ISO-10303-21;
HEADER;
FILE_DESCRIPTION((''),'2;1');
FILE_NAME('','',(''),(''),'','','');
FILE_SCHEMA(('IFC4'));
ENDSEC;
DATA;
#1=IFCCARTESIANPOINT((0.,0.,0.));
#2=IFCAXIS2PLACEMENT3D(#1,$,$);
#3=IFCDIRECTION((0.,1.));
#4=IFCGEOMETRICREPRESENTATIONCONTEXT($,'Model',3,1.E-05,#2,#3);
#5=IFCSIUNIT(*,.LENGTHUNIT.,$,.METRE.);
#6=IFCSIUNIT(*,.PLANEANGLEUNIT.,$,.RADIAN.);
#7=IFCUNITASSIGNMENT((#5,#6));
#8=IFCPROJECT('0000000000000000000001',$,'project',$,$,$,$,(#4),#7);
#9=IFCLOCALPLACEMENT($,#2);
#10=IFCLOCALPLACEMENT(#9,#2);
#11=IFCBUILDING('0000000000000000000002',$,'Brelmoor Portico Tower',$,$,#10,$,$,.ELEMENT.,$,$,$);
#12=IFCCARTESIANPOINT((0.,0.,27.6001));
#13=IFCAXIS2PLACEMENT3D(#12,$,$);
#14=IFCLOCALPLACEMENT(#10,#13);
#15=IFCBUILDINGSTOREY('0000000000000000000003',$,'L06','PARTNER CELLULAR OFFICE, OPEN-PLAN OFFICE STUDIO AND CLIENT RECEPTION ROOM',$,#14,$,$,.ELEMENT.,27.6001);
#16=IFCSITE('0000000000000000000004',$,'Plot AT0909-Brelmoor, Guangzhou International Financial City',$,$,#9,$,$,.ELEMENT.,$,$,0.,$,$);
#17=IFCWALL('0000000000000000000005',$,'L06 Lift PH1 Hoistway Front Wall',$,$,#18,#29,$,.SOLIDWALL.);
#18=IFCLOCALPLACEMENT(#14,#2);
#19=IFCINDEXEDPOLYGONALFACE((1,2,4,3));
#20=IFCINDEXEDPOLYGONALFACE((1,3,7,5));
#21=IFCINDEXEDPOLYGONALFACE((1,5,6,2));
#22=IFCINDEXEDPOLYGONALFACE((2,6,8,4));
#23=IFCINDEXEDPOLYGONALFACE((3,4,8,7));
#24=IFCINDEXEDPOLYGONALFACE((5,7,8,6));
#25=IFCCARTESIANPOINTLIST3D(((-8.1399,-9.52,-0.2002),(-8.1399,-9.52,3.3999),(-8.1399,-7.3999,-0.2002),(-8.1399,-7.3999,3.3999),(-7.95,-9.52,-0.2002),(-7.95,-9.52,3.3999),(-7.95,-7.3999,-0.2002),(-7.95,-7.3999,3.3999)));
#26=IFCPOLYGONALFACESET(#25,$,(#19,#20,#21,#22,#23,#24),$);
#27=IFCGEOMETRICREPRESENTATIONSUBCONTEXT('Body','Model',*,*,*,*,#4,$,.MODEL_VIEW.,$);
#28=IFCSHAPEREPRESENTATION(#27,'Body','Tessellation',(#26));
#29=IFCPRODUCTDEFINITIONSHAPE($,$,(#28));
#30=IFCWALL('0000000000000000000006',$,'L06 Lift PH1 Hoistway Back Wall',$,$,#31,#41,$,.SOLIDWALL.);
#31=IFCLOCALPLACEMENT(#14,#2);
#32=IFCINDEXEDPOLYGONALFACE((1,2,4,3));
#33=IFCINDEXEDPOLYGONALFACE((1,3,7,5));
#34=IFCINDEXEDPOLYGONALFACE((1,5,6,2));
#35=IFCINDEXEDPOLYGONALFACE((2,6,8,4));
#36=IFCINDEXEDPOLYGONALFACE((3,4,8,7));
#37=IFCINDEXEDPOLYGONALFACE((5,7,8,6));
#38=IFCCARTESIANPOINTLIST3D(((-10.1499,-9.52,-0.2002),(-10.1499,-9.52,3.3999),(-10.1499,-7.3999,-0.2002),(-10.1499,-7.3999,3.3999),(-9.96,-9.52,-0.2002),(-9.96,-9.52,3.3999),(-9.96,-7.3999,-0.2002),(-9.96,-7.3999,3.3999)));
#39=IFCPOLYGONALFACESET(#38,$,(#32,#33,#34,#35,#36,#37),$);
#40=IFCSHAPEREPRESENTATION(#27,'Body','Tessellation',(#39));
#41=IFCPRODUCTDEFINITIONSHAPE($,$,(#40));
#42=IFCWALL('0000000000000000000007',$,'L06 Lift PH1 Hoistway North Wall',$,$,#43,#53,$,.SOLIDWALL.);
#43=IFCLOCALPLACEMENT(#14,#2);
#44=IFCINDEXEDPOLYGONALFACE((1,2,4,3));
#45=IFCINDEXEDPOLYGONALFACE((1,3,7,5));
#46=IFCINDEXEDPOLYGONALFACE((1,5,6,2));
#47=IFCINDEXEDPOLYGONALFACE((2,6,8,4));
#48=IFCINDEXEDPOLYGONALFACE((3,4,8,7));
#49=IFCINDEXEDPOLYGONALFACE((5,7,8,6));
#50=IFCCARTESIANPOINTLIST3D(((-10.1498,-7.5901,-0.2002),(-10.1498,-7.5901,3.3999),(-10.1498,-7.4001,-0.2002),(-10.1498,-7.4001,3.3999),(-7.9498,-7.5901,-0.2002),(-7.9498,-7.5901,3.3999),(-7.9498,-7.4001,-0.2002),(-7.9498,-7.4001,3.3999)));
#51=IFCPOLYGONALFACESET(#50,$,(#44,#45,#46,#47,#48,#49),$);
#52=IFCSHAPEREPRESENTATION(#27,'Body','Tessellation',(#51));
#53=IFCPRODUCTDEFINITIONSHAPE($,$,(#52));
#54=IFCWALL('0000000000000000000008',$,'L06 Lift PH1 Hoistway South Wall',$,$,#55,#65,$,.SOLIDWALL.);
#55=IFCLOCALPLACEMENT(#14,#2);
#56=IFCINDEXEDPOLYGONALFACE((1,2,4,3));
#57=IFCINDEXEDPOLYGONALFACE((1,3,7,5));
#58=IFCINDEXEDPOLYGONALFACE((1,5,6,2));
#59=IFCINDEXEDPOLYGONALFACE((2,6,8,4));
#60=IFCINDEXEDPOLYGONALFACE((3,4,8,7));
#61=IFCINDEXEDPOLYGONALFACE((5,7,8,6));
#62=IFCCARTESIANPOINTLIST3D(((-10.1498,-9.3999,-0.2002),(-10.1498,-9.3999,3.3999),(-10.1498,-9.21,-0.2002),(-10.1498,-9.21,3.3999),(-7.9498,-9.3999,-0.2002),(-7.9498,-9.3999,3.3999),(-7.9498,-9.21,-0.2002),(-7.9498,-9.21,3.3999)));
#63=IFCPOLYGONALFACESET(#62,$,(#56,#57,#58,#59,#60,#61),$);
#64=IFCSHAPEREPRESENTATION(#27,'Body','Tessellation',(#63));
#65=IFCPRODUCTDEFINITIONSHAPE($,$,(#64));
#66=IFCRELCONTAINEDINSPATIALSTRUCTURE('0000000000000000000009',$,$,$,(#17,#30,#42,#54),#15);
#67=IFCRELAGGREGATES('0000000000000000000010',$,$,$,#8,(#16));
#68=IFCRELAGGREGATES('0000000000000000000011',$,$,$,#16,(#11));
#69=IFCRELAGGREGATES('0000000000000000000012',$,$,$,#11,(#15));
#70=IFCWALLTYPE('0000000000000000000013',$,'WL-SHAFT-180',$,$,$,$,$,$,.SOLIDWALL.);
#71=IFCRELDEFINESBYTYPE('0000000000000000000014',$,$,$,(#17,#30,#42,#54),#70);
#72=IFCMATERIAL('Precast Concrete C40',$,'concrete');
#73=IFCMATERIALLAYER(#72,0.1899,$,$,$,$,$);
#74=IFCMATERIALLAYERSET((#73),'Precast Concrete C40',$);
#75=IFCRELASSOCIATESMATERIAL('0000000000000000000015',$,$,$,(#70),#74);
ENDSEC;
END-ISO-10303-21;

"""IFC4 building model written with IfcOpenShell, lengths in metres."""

from ifc_helpers import new_model, si_unit, direction, frame, frame_2d, origin, place, context, subcontext, project, spatial, rectangle, extrude, material, layer, layer_set, type_object, element, save


model = new_model("IFC4")

# Units and contexts
model_context = context("Model", 3, precision=1e-05, world=origin(), true_north=direction((0.0, 1.0)))
body_context = subcontext(model_context, "Body", "Model", "MODEL_VIEW")
ifc_project = project(units=[si_unit("LENGTHUNIT", "METRE"), si_unit("PLANEANGLEUNIT", "RADIAN")], contexts=[model_context])

# Site, building, storey
site_placement = place(None, origin())
site = spatial("IfcSite", under=ifc_project, at=site_placement, Name="Plot AT0909-Brelmoor, Guangzhou International Financial City", CompositionType="ELEMENT", RefElevation=0.0)
building_placement = place(site_placement, origin())
building = spatial("IfcBuilding", under=site, at=building_placement, Name="Brelmoor Portico Tower", CompositionType="ELEMENT")
storey_placement = place(building_placement, frame((0.0, 0.0, 27.6001)))
storey = spatial("IfcBuildingStorey", under=building, at=storey_placement, Name="L06", Description="PARTNER CELLULAR OFFICE, OPEN-PLAN OFFICE STUDIO AND CLIENT RECEPTION ROOM", CompositionType="ELEMENT", Elevation=27.6001)

# Walls
ifc_material_1 = material(Name="Precast Concrete C40", Category="concrete")
ifc_layer_1 = layer(ifc_material_1, 0.1899)
ifc_layer_set_1 = layer_set([ifc_layer_1], Name="Precast Concrete C40")
wall_type_1 = type_object("IfcWallType", Name="WL-SHAFT-180", PredefinedType="SOLIDWALL", material=ifc_layer_set_1)
for number, where, z_axis, x_axis, name in (
    (1, (-8.0449, -9.52, -0.2002), (0.0, 0.0, 1.0), (0.0, 1.0, 0.0), "L06 Lift PH1 Hoistway Front Wall"),
    (2, (-10.0549, -9.52, -0.2002), (0.0, 0.0, 1.0), (0.0, 1.0, 0.0), "L06 Lift PH1 Hoistway Back Wall"),
):
    element("IfcWall", number, at=place(storey_placement, frame(where, z_axis=z_axis, x_axis=x_axis)), inside=storey, type_object=wall_type_1, Name=name, PredefinedType="SOLIDWALL", context=body_context, shape_type="SweptSolid", body=[
        extrude(rectangle(XDim=2.1201, YDim=0.1899, at=frame_2d((1.0601, 0.0))), origin(), (0.0, 0.0, 1.0), 3.6001),
    ])
for number, where, z_axis, x_axis, name in (
    (3, (-10.1499, -7.4951, -0.2002), (0.0, 0.0, 1.0), (1.0, 0.0, 0.0), "L06 Lift PH1 Hoistway North Wall"),
    (4, (-10.1499, -9.3049, -0.2002), (0.0, 0.0, 1.0), (1.0, 0.0, 0.0), "L06 Lift PH1 Hoistway South Wall"),
):
    element("IfcWall", number, at=place(storey_placement, frame(where, z_axis=z_axis, x_axis=x_axis)), inside=storey, type_object=wall_type_1, Name=name, PredefinedType="SOLIDWALL", context=body_context, shape_type="SweptSolid", body=[
        extrude(rectangle(XDim=2.2, YDim=0.1899, at=frame_2d((1.1001, 0.0))), origin(), (0.0, 0.0, 1.0), 3.6001),
    ])

save(model, "model.ifc")
